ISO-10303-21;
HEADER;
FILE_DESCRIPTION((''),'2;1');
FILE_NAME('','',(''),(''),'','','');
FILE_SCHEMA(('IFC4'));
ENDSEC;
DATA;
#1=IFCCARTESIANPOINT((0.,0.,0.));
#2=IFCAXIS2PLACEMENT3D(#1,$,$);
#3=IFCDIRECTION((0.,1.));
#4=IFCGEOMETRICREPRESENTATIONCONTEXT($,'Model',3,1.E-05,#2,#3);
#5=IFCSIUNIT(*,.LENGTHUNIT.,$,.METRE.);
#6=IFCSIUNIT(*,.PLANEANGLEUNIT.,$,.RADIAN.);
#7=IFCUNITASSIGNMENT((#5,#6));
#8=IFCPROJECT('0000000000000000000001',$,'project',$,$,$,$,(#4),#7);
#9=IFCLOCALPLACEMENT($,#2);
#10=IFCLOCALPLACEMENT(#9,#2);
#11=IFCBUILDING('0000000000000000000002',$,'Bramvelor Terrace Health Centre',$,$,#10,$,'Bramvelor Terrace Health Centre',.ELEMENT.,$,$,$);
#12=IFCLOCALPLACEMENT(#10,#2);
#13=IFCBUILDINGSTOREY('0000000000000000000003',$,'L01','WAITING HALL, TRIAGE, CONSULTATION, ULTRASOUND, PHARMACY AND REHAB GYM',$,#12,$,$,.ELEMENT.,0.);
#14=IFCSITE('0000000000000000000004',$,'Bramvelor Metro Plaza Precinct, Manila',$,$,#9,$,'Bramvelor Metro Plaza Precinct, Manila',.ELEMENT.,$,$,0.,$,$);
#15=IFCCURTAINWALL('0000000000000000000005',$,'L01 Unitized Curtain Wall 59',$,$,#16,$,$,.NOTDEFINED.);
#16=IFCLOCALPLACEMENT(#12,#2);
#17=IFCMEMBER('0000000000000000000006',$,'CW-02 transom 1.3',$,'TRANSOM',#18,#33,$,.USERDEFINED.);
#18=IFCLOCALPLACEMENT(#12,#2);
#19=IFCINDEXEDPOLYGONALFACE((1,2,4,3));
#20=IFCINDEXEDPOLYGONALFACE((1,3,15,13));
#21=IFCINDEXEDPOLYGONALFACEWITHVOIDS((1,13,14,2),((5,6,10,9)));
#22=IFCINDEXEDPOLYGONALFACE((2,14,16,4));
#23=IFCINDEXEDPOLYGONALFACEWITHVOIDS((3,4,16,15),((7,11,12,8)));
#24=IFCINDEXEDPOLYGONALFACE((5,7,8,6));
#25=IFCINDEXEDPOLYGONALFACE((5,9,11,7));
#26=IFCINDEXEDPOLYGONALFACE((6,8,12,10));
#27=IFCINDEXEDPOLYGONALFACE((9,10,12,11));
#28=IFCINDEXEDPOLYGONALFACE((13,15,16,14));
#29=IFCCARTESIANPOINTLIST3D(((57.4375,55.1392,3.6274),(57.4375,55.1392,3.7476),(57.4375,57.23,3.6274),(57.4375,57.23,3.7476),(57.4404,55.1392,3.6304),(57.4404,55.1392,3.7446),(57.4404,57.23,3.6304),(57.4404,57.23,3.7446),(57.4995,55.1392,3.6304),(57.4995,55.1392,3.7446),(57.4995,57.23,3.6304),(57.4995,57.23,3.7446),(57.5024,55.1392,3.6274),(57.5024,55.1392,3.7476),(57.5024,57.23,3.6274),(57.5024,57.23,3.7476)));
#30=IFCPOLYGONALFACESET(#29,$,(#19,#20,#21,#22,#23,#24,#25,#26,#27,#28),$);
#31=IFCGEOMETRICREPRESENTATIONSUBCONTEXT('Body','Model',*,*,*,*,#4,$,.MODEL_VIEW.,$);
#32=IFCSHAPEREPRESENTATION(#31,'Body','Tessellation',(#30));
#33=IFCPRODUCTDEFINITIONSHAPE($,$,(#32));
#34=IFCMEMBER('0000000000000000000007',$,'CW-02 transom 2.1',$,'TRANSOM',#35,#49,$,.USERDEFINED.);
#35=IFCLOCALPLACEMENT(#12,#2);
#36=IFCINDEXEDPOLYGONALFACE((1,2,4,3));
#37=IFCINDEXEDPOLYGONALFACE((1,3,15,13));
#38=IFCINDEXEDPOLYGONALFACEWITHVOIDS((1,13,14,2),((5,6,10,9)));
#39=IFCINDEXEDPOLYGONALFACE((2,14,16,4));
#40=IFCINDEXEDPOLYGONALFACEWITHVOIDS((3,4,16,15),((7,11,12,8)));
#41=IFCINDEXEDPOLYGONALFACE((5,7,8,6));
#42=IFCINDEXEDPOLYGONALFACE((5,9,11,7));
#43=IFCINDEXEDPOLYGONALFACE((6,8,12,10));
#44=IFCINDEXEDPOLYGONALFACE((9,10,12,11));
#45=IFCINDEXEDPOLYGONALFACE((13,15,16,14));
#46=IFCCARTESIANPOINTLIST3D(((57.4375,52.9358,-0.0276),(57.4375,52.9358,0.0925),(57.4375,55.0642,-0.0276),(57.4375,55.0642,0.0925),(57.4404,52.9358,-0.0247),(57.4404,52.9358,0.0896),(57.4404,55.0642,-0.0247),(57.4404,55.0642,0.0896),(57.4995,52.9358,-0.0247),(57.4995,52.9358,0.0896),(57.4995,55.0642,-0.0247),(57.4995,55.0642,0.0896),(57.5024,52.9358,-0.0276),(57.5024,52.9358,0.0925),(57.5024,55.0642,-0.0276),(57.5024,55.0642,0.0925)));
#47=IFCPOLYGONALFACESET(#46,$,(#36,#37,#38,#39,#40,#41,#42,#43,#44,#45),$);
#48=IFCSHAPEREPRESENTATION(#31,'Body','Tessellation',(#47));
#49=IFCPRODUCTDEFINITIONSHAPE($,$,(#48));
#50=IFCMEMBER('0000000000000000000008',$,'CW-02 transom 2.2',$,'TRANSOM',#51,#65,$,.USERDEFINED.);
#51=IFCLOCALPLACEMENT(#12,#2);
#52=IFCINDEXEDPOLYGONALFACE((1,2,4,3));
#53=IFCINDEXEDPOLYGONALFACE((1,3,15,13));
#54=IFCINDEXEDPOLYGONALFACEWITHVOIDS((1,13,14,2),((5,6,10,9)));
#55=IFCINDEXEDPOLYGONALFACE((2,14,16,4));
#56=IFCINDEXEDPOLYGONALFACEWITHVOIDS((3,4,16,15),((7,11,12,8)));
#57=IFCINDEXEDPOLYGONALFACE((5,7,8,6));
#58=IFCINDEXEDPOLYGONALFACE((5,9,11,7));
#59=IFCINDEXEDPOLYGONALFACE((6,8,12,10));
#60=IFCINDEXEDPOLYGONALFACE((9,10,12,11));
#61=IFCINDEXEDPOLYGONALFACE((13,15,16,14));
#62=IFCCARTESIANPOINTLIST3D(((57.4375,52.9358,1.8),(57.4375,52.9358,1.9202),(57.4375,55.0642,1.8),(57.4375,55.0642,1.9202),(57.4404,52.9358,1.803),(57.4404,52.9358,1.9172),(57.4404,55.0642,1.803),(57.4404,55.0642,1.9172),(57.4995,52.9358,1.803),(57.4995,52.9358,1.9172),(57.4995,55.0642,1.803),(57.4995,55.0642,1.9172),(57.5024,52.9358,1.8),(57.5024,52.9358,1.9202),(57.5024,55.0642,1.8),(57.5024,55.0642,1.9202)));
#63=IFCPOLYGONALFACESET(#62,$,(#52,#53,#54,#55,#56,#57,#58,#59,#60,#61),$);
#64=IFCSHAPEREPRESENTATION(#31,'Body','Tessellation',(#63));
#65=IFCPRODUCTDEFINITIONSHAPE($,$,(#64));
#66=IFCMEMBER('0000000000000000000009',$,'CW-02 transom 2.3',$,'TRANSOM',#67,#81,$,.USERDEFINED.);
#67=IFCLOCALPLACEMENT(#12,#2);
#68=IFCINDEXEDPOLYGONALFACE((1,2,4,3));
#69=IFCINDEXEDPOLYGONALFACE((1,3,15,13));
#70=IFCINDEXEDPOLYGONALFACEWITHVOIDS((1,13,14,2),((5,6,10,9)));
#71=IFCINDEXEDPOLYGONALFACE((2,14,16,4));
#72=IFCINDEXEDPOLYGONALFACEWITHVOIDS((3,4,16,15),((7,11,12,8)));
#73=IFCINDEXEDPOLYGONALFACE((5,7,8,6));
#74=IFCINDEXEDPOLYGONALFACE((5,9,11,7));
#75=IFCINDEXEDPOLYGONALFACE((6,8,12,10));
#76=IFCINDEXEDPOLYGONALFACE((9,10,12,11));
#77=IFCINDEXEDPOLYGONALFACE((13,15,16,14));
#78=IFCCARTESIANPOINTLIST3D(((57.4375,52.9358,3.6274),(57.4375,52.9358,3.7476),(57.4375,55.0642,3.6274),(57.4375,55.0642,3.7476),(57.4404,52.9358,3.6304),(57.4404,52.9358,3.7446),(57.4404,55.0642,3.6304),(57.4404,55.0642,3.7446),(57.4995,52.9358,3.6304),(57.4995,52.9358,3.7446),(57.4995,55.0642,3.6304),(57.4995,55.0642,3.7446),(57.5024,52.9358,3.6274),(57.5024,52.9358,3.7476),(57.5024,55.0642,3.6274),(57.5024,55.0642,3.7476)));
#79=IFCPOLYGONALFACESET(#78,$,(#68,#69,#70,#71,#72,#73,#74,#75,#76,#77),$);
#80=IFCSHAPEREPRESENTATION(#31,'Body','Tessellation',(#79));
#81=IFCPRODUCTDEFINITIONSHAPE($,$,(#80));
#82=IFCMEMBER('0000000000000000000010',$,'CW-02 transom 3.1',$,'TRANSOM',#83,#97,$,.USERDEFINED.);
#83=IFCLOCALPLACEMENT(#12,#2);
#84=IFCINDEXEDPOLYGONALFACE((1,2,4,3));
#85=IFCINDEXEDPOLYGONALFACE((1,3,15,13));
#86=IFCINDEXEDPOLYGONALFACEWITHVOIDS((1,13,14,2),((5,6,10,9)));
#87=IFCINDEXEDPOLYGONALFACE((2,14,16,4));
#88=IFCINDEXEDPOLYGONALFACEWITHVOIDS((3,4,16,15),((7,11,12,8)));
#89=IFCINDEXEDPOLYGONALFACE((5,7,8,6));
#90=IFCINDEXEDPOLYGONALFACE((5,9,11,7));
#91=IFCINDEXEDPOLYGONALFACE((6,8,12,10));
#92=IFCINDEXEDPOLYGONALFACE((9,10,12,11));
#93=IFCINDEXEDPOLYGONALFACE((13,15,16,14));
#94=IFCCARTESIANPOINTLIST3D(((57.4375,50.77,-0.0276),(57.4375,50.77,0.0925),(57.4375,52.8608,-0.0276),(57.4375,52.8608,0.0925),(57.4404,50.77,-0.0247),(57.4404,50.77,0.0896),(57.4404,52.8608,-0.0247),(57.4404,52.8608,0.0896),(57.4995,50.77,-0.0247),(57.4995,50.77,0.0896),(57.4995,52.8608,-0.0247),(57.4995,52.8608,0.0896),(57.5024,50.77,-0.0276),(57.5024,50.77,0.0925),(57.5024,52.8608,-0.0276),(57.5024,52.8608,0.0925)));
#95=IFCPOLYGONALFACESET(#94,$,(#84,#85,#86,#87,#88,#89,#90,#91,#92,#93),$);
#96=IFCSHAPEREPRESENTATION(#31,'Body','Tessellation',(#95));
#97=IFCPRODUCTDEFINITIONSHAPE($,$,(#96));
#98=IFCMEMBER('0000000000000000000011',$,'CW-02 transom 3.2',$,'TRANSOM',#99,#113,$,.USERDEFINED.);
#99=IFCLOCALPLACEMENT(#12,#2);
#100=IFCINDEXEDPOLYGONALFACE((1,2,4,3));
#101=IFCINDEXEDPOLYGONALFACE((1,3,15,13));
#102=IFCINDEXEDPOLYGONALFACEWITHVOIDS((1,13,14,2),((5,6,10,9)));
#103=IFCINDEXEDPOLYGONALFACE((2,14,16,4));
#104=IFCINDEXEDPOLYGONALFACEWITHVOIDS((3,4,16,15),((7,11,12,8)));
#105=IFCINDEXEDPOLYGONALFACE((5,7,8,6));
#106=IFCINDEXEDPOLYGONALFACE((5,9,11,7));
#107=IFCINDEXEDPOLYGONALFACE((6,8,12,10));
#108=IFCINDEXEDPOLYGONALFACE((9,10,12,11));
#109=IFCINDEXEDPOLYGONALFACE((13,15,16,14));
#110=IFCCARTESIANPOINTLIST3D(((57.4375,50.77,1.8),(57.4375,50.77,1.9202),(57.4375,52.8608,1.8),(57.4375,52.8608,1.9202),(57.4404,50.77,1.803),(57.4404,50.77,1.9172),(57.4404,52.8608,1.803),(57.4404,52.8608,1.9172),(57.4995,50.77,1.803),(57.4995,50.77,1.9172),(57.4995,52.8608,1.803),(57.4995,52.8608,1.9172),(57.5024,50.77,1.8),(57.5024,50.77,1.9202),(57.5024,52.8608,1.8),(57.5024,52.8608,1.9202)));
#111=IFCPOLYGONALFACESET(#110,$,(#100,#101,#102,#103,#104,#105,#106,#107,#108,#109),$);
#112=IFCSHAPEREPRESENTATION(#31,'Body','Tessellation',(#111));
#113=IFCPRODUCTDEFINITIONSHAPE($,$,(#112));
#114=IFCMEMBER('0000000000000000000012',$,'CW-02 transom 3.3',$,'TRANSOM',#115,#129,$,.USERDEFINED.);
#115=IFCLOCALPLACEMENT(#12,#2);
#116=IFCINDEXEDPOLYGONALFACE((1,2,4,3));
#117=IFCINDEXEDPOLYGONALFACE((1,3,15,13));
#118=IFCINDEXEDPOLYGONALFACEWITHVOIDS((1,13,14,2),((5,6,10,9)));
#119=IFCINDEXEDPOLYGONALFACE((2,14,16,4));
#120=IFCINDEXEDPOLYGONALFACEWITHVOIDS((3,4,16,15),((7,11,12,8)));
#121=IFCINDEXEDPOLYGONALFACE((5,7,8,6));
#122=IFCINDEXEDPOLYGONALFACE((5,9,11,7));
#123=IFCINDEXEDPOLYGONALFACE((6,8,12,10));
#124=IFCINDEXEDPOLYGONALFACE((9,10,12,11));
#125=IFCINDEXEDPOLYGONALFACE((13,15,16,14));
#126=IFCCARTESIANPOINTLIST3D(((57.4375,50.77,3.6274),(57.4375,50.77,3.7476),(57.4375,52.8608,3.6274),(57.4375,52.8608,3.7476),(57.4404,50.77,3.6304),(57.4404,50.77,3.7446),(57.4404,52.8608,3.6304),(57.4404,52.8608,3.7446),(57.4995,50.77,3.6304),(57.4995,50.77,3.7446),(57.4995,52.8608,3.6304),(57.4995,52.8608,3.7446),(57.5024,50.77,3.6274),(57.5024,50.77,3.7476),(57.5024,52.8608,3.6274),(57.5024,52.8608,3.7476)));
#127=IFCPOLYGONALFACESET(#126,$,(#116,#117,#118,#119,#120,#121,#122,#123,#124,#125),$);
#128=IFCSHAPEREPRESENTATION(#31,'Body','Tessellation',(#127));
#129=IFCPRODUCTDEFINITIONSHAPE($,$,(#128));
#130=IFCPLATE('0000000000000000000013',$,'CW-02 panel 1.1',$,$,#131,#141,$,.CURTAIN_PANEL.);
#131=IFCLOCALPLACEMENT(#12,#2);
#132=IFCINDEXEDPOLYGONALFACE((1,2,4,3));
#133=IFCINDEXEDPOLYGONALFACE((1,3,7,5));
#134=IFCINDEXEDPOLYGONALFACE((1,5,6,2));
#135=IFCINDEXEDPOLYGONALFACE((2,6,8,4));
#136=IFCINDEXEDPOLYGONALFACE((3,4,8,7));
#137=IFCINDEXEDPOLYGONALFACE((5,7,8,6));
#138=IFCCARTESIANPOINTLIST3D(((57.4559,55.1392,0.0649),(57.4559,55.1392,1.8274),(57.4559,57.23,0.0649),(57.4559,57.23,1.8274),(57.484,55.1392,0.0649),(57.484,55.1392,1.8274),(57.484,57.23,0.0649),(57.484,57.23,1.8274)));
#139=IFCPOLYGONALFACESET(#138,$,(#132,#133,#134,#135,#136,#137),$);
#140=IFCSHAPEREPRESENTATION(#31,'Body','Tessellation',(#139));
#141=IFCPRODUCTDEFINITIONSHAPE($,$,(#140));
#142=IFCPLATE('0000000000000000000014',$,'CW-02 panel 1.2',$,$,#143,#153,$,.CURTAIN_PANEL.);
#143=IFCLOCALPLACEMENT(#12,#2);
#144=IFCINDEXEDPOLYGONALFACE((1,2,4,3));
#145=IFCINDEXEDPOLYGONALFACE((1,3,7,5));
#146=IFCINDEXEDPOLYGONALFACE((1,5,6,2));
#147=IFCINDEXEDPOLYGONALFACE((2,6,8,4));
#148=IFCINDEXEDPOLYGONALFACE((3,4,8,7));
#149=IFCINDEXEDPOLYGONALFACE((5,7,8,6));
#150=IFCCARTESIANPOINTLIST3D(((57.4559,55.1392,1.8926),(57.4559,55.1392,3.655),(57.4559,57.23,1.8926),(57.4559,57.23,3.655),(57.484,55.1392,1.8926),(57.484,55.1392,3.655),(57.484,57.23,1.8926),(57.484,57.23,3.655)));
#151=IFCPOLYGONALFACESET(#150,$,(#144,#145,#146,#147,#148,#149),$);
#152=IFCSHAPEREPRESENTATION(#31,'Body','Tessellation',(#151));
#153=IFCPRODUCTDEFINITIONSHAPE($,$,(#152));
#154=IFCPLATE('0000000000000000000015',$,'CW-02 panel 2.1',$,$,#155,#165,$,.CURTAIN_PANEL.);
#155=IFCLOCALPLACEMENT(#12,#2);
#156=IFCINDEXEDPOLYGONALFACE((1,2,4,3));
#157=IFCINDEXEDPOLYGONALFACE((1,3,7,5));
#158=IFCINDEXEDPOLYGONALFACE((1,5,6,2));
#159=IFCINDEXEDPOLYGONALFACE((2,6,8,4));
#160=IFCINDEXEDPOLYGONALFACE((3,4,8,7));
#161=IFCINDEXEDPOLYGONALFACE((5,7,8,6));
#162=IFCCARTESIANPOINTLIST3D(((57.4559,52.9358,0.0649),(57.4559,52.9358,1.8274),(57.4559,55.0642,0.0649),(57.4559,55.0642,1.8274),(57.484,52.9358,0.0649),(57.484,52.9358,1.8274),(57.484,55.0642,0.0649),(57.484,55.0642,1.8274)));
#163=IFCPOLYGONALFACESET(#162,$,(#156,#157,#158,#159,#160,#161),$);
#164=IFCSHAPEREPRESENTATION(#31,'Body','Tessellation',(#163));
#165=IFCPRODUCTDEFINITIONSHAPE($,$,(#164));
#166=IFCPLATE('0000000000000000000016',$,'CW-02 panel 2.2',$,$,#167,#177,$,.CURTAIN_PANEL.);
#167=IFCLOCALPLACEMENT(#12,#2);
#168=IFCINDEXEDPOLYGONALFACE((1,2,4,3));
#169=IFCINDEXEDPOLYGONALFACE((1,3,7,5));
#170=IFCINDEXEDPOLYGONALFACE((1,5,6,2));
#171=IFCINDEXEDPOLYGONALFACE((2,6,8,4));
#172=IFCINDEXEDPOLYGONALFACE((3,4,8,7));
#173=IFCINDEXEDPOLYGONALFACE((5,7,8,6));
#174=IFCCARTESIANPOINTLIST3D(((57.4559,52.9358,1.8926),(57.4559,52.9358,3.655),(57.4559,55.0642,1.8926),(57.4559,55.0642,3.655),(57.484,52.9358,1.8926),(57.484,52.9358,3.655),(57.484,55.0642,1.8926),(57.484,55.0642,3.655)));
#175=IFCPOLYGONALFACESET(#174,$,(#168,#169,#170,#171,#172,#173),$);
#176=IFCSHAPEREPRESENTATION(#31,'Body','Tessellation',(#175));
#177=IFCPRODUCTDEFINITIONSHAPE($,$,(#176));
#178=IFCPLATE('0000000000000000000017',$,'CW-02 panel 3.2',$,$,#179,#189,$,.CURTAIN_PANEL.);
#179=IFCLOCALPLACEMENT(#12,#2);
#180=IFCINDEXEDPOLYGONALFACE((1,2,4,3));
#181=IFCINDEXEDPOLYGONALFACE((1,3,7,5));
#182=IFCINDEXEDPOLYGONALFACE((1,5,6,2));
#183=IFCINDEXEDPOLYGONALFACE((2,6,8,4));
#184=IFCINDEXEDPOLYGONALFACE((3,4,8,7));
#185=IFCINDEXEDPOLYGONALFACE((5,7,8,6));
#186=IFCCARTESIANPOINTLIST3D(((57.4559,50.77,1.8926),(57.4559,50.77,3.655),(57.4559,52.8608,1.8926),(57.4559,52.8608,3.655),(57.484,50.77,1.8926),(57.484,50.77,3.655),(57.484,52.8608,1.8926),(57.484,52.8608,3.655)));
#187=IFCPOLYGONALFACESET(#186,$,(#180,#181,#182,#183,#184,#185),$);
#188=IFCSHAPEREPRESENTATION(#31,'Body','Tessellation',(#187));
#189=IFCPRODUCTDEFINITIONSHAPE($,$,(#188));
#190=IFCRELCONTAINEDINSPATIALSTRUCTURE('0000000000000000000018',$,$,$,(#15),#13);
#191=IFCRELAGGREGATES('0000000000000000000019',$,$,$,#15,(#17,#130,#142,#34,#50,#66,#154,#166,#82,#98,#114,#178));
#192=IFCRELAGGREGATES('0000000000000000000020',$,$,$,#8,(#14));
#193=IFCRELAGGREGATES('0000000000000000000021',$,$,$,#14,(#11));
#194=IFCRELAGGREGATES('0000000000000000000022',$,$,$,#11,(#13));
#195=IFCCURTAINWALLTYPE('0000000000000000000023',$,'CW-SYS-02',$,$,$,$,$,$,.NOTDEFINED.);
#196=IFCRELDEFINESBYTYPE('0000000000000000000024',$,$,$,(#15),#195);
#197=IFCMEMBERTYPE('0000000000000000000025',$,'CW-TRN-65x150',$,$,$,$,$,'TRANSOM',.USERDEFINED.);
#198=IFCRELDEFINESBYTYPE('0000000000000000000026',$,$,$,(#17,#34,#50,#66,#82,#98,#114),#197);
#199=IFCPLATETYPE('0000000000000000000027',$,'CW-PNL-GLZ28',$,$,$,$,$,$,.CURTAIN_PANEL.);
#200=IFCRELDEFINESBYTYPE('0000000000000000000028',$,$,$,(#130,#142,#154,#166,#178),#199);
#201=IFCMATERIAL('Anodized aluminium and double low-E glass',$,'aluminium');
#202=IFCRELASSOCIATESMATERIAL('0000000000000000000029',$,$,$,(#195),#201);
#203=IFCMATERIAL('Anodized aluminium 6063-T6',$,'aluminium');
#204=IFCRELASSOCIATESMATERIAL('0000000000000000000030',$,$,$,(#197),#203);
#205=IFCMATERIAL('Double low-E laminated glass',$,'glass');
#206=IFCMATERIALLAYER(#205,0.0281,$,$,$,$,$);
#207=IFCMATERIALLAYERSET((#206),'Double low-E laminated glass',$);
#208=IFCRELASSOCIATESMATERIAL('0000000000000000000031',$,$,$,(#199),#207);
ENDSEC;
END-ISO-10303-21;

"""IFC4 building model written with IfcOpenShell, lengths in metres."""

from ifc_helpers import new_model, si_unit, direction, frame, origin, origin_2d, place, context, subcontext, project, spatial, rectangle, hollow_rectangle, extrude, material, layer, layer_set, material_profile, profile_set, type_object, element, aggregate, save


model = new_model("IFC4")

# Units and contexts
model_context = context("Model", 3, precision=1e-05, world=origin(), true_north=direction((0.0, 1.0)))
body_context = subcontext(model_context, "Body", "Model", "MODEL_VIEW")
ifc_project = project(units=[si_unit("LENGTHUNIT", "METRE"), si_unit("PLANEANGLEUNIT", "RADIAN")], contexts=[model_context])

# Site, building, storey
site_placement = place(None, origin())
site = spatial("IfcSite", under=ifc_project, at=site_placement, Name="Bramvelor Metro Plaza Precinct, Manila", LongName="Bramvelor Metro Plaza Precinct, Manila", CompositionType="ELEMENT", RefElevation=0.0)
building_placement = place(site_placement, origin())
building = spatial("IfcBuilding", under=site, at=building_placement, Name="Bramvelor Terrace Health Centre", LongName="Bramvelor Terrace Health Centre", CompositionType="ELEMENT")
storey_placement = place(building_placement, origin())
storey = spatial("IfcBuildingStorey", under=building, at=storey_placement, Name="L01", Description="WAITING HALL, TRIAGE, CONSULTATION, ULTRASOUND, PHARMACY AND REHAB GYM", CompositionType="ELEMENT", Elevation=0.0)

# Curtain wall, members, plates
ifc_material_1 = material(Name="Anodized aluminium and double low-E glass", Category="aluminium")
curtain_wall_type = type_object("IfcCurtainWallType", Name="CW-SYS-02", PredefinedType="NOTDEFINED", material=ifc_material_1)
curtain_wall_placement = place(storey_placement, origin())
curtain_wall = element("IfcCurtainWall", 1, at=curtain_wall_placement, inside=storey, type_object=curtain_wall_type, Name="L01 Unitized Curtain Wall 59", PredefinedType="NOTDEFINED")
ifc_material_2 = material(Name="Anodized aluminium 6063-T6", Category="aluminium")
ifc_material_profile_1 = material_profile(ifc_material_2, hollow_rectangle(XDim=0.0649, YDim=0.1201, WallThickness=0.0029, at=origin_2d()), Name="ALU-TRN 65x120x3.0")
ifc_profile_set_1 = profile_set([ifc_material_profile_1], Name="Anodized aluminium 6063-T6")
member_type_1 = type_object("IfcMemberType", Name="CW-TRN-65x150", ElementType="TRANSOM", PredefinedType="USERDEFINED", material=ifc_profile_set_1)
member_1_placement = place(storey_placement, frame((57.47, 57.23, 3.6875), z_axis=(0.0, -1.0, 0.0), x_axis=(1.0, 0.0, 0.0)))
member_1 = element("IfcMember", 2, at=member_1_placement, type_object=member_type_1, Name="CW-02 transom 1.3", ObjectType="TRANSOM", PredefinedType="USERDEFINED", context=body_context, shape_type="SweptSolid", body=[
    extrude(hollow_rectangle(XDim=0.0649, YDim=0.1201, WallThickness=0.0029, at=origin_2d()), origin(), (0.0, 0.0, 1.0), 2.0908),
])
member_2_placement = place(storey_placement, frame((57.47, 55.0642, 0.0325), z_axis=(0.0, -1.0, 0.0), x_axis=(1.0, 0.0, 0.0)))
member_2 = element("IfcMember", 3, at=member_2_placement, type_object=member_type_1, Name="CW-02 transom 2.1", ObjectType="TRANSOM", PredefinedType="USERDEFINED", context=body_context, shape_type="SweptSolid", body=[
    extrude(hollow_rectangle(XDim=0.0649, YDim=0.1201, WallThickness=0.0029, at=origin_2d()), origin(), (0.0, 0.0, 1.0), 2.1284),
])
member_3_placement = place(storey_placement, frame((57.47, 55.0642, 1.8601), z_axis=(0.0, -1.0, 0.0), x_axis=(1.0, 0.0, 0.0)))
member_3 = element("IfcMember", 4, at=member_3_placement, type_object=member_type_1, Name="CW-02 transom 2.2", ObjectType="TRANSOM", PredefinedType="USERDEFINED", context=body_context, shape_type="SweptSolid", body=[
    extrude(hollow_rectangle(XDim=0.0649, YDim=0.1201, WallThickness=0.0029, at=origin_2d()), origin(), (0.0, 0.0, 1.0), 2.1284),
])
member_4_placement = place(storey_placement, frame((57.47, 55.0642, 3.6875), z_axis=(0.0, -1.0, 0.0), x_axis=(1.0, 0.0, 0.0)))
member_4 = element("IfcMember", 5, at=member_4_placement, type_object=member_type_1, Name="CW-02 transom 2.3", ObjectType="TRANSOM", PredefinedType="USERDEFINED", context=body_context, shape_type="SweptSolid", body=[
    extrude(hollow_rectangle(XDim=0.0649, YDim=0.1201, WallThickness=0.0029, at=origin_2d()), origin(), (0.0, 0.0, 1.0), 2.1284),
])
member_5_placement = place(storey_placement, frame((57.47, 52.8608, 0.0325), z_axis=(0.0, -1.0, 0.0), x_axis=(1.0, 0.0, 0.0)))
member_5 = element("IfcMember", 6, at=member_5_placement, type_object=member_type_1, Name="CW-02 transom 3.1", ObjectType="TRANSOM", PredefinedType="USERDEFINED", context=body_context, shape_type="SweptSolid", body=[
    extrude(hollow_rectangle(XDim=0.0649, YDim=0.1201, WallThickness=0.0029, at=origin_2d()), origin(), (0.0, 0.0, 1.0), 2.0908),
])
member_6_placement = place(storey_placement, frame((57.47, 52.8608, 1.8601), z_axis=(0.0, -1.0, 0.0), x_axis=(1.0, 0.0, 0.0)))
member_6 = element("IfcMember", 7, at=member_6_placement, type_object=member_type_1, Name="CW-02 transom 3.2", ObjectType="TRANSOM", PredefinedType="USERDEFINED", context=body_context, shape_type="SweptSolid", body=[
    extrude(hollow_rectangle(XDim=0.0649, YDim=0.1201, WallThickness=0.0029, at=origin_2d()), origin(), (0.0, 0.0, 1.0), 2.0908),
])
member_7_placement = place(storey_placement, frame((57.47, 52.8608, 3.6875), z_axis=(0.0, -1.0, 0.0), x_axis=(1.0, 0.0, 0.0)))
member_7 = element("IfcMember", 8, at=member_7_placement, type_object=member_type_1, Name="CW-02 transom 3.3", ObjectType="TRANSOM", PredefinedType="USERDEFINED", context=body_context, shape_type="SweptSolid", body=[
    extrude(hollow_rectangle(XDim=0.0649, YDim=0.1201, WallThickness=0.0029, at=origin_2d()), origin(), (0.0, 0.0, 1.0), 2.0908),
])
ifc_material_3 = material(Name="Double low-E laminated glass", Category="glass")
ifc_layer = layer(ifc_material_3, 0.0281)
ifc_layer_set = layer_set([ifc_layer], Name="Double low-E laminated glass")
plate_type = type_object("IfcPlateType", Name="CW-PNL-GLZ28", PredefinedType="CURTAIN_PANEL", material=ifc_layer_set)
plate_1_placement = place(storey_placement, frame((57.47, 56.1846, 0.0649), z_axis=(0.0, 0.0, 1.0), x_axis=(0.0, -1.0, 0.0)))
plate_1 = element("IfcPlate", 9, at=plate_1_placement, type_object=plate_type, Name="CW-02 panel 1.1", PredefinedType="CURTAIN_PANEL", context=body_context, shape_type="SweptSolid", body=[
    extrude(rectangle(XDim=2.0908, YDim=0.0281, at=origin_2d()), origin(), (0.0, 0.0, 1.0), 1.7625),
])
plate_2_placement = place(storey_placement, frame((57.47, 56.1846, 1.8926), z_axis=(0.0, 0.0, 1.0), x_axis=(0.0, -1.0, 0.0)))
plate_2 = element("IfcPlate", 10, at=plate_2_placement, type_object=plate_type, Name="CW-02 panel 1.2", PredefinedType="CURTAIN_PANEL", context=body_context, shape_type="SweptSolid", body=[
    extrude(rectangle(XDim=2.0908, YDim=0.0281, at=origin_2d()), origin(), (0.0, 0.0, 1.0), 1.7625),
])
plate_3_placement = place(storey_placement, frame((57.47, 54.0, 0.0649), z_axis=(0.0, 0.0, 1.0), x_axis=(0.0, -1.0, 0.0)))
plate_3 = element("IfcPlate", 11, at=plate_3_placement, type_object=plate_type, Name="CW-02 panel 2.1", PredefinedType="CURTAIN_PANEL", context=body_context, shape_type="SweptSolid", body=[
    extrude(rectangle(XDim=2.1284, YDim=0.0281, at=origin_2d()), origin(), (0.0, 0.0, 1.0), 1.7625),
])
plate_4_placement = place(storey_placement, frame((57.47, 54.0, 1.8926), z_axis=(0.0, 0.0, 1.0), x_axis=(0.0, -1.0, 0.0)))
plate_4 = element("IfcPlate", 12, at=plate_4_placement, type_object=plate_type, Name="CW-02 panel 2.2", PredefinedType="CURTAIN_PANEL", context=body_context, shape_type="SweptSolid", body=[
    extrude(rectangle(XDim=2.1284, YDim=0.0281, at=origin_2d()), origin(), (0.0, 0.0, 1.0), 1.7625),
])
plate_5_placement = place(storey_placement, frame((57.47, 51.8154, 1.8926), z_axis=(0.0, 0.0, 1.0), x_axis=(0.0, -1.0, 0.0)))
plate_5 = element("IfcPlate", 13, at=plate_5_placement, type_object=plate_type, Name="CW-02 panel 3.2", PredefinedType="CURTAIN_PANEL", context=body_context, shape_type="SweptSolid", body=[
    extrude(rectangle(XDim=2.0908, YDim=0.0281, at=origin_2d()), origin(), (0.0, 0.0, 1.0), 1.7625),
])
aggregate(curtain_wall, [member_1, plate_1, plate_2, member_2, member_3, member_4, plate_3, plate_4, member_5, member_6, member_7, plate_5])

save(model, "model.ifc")
